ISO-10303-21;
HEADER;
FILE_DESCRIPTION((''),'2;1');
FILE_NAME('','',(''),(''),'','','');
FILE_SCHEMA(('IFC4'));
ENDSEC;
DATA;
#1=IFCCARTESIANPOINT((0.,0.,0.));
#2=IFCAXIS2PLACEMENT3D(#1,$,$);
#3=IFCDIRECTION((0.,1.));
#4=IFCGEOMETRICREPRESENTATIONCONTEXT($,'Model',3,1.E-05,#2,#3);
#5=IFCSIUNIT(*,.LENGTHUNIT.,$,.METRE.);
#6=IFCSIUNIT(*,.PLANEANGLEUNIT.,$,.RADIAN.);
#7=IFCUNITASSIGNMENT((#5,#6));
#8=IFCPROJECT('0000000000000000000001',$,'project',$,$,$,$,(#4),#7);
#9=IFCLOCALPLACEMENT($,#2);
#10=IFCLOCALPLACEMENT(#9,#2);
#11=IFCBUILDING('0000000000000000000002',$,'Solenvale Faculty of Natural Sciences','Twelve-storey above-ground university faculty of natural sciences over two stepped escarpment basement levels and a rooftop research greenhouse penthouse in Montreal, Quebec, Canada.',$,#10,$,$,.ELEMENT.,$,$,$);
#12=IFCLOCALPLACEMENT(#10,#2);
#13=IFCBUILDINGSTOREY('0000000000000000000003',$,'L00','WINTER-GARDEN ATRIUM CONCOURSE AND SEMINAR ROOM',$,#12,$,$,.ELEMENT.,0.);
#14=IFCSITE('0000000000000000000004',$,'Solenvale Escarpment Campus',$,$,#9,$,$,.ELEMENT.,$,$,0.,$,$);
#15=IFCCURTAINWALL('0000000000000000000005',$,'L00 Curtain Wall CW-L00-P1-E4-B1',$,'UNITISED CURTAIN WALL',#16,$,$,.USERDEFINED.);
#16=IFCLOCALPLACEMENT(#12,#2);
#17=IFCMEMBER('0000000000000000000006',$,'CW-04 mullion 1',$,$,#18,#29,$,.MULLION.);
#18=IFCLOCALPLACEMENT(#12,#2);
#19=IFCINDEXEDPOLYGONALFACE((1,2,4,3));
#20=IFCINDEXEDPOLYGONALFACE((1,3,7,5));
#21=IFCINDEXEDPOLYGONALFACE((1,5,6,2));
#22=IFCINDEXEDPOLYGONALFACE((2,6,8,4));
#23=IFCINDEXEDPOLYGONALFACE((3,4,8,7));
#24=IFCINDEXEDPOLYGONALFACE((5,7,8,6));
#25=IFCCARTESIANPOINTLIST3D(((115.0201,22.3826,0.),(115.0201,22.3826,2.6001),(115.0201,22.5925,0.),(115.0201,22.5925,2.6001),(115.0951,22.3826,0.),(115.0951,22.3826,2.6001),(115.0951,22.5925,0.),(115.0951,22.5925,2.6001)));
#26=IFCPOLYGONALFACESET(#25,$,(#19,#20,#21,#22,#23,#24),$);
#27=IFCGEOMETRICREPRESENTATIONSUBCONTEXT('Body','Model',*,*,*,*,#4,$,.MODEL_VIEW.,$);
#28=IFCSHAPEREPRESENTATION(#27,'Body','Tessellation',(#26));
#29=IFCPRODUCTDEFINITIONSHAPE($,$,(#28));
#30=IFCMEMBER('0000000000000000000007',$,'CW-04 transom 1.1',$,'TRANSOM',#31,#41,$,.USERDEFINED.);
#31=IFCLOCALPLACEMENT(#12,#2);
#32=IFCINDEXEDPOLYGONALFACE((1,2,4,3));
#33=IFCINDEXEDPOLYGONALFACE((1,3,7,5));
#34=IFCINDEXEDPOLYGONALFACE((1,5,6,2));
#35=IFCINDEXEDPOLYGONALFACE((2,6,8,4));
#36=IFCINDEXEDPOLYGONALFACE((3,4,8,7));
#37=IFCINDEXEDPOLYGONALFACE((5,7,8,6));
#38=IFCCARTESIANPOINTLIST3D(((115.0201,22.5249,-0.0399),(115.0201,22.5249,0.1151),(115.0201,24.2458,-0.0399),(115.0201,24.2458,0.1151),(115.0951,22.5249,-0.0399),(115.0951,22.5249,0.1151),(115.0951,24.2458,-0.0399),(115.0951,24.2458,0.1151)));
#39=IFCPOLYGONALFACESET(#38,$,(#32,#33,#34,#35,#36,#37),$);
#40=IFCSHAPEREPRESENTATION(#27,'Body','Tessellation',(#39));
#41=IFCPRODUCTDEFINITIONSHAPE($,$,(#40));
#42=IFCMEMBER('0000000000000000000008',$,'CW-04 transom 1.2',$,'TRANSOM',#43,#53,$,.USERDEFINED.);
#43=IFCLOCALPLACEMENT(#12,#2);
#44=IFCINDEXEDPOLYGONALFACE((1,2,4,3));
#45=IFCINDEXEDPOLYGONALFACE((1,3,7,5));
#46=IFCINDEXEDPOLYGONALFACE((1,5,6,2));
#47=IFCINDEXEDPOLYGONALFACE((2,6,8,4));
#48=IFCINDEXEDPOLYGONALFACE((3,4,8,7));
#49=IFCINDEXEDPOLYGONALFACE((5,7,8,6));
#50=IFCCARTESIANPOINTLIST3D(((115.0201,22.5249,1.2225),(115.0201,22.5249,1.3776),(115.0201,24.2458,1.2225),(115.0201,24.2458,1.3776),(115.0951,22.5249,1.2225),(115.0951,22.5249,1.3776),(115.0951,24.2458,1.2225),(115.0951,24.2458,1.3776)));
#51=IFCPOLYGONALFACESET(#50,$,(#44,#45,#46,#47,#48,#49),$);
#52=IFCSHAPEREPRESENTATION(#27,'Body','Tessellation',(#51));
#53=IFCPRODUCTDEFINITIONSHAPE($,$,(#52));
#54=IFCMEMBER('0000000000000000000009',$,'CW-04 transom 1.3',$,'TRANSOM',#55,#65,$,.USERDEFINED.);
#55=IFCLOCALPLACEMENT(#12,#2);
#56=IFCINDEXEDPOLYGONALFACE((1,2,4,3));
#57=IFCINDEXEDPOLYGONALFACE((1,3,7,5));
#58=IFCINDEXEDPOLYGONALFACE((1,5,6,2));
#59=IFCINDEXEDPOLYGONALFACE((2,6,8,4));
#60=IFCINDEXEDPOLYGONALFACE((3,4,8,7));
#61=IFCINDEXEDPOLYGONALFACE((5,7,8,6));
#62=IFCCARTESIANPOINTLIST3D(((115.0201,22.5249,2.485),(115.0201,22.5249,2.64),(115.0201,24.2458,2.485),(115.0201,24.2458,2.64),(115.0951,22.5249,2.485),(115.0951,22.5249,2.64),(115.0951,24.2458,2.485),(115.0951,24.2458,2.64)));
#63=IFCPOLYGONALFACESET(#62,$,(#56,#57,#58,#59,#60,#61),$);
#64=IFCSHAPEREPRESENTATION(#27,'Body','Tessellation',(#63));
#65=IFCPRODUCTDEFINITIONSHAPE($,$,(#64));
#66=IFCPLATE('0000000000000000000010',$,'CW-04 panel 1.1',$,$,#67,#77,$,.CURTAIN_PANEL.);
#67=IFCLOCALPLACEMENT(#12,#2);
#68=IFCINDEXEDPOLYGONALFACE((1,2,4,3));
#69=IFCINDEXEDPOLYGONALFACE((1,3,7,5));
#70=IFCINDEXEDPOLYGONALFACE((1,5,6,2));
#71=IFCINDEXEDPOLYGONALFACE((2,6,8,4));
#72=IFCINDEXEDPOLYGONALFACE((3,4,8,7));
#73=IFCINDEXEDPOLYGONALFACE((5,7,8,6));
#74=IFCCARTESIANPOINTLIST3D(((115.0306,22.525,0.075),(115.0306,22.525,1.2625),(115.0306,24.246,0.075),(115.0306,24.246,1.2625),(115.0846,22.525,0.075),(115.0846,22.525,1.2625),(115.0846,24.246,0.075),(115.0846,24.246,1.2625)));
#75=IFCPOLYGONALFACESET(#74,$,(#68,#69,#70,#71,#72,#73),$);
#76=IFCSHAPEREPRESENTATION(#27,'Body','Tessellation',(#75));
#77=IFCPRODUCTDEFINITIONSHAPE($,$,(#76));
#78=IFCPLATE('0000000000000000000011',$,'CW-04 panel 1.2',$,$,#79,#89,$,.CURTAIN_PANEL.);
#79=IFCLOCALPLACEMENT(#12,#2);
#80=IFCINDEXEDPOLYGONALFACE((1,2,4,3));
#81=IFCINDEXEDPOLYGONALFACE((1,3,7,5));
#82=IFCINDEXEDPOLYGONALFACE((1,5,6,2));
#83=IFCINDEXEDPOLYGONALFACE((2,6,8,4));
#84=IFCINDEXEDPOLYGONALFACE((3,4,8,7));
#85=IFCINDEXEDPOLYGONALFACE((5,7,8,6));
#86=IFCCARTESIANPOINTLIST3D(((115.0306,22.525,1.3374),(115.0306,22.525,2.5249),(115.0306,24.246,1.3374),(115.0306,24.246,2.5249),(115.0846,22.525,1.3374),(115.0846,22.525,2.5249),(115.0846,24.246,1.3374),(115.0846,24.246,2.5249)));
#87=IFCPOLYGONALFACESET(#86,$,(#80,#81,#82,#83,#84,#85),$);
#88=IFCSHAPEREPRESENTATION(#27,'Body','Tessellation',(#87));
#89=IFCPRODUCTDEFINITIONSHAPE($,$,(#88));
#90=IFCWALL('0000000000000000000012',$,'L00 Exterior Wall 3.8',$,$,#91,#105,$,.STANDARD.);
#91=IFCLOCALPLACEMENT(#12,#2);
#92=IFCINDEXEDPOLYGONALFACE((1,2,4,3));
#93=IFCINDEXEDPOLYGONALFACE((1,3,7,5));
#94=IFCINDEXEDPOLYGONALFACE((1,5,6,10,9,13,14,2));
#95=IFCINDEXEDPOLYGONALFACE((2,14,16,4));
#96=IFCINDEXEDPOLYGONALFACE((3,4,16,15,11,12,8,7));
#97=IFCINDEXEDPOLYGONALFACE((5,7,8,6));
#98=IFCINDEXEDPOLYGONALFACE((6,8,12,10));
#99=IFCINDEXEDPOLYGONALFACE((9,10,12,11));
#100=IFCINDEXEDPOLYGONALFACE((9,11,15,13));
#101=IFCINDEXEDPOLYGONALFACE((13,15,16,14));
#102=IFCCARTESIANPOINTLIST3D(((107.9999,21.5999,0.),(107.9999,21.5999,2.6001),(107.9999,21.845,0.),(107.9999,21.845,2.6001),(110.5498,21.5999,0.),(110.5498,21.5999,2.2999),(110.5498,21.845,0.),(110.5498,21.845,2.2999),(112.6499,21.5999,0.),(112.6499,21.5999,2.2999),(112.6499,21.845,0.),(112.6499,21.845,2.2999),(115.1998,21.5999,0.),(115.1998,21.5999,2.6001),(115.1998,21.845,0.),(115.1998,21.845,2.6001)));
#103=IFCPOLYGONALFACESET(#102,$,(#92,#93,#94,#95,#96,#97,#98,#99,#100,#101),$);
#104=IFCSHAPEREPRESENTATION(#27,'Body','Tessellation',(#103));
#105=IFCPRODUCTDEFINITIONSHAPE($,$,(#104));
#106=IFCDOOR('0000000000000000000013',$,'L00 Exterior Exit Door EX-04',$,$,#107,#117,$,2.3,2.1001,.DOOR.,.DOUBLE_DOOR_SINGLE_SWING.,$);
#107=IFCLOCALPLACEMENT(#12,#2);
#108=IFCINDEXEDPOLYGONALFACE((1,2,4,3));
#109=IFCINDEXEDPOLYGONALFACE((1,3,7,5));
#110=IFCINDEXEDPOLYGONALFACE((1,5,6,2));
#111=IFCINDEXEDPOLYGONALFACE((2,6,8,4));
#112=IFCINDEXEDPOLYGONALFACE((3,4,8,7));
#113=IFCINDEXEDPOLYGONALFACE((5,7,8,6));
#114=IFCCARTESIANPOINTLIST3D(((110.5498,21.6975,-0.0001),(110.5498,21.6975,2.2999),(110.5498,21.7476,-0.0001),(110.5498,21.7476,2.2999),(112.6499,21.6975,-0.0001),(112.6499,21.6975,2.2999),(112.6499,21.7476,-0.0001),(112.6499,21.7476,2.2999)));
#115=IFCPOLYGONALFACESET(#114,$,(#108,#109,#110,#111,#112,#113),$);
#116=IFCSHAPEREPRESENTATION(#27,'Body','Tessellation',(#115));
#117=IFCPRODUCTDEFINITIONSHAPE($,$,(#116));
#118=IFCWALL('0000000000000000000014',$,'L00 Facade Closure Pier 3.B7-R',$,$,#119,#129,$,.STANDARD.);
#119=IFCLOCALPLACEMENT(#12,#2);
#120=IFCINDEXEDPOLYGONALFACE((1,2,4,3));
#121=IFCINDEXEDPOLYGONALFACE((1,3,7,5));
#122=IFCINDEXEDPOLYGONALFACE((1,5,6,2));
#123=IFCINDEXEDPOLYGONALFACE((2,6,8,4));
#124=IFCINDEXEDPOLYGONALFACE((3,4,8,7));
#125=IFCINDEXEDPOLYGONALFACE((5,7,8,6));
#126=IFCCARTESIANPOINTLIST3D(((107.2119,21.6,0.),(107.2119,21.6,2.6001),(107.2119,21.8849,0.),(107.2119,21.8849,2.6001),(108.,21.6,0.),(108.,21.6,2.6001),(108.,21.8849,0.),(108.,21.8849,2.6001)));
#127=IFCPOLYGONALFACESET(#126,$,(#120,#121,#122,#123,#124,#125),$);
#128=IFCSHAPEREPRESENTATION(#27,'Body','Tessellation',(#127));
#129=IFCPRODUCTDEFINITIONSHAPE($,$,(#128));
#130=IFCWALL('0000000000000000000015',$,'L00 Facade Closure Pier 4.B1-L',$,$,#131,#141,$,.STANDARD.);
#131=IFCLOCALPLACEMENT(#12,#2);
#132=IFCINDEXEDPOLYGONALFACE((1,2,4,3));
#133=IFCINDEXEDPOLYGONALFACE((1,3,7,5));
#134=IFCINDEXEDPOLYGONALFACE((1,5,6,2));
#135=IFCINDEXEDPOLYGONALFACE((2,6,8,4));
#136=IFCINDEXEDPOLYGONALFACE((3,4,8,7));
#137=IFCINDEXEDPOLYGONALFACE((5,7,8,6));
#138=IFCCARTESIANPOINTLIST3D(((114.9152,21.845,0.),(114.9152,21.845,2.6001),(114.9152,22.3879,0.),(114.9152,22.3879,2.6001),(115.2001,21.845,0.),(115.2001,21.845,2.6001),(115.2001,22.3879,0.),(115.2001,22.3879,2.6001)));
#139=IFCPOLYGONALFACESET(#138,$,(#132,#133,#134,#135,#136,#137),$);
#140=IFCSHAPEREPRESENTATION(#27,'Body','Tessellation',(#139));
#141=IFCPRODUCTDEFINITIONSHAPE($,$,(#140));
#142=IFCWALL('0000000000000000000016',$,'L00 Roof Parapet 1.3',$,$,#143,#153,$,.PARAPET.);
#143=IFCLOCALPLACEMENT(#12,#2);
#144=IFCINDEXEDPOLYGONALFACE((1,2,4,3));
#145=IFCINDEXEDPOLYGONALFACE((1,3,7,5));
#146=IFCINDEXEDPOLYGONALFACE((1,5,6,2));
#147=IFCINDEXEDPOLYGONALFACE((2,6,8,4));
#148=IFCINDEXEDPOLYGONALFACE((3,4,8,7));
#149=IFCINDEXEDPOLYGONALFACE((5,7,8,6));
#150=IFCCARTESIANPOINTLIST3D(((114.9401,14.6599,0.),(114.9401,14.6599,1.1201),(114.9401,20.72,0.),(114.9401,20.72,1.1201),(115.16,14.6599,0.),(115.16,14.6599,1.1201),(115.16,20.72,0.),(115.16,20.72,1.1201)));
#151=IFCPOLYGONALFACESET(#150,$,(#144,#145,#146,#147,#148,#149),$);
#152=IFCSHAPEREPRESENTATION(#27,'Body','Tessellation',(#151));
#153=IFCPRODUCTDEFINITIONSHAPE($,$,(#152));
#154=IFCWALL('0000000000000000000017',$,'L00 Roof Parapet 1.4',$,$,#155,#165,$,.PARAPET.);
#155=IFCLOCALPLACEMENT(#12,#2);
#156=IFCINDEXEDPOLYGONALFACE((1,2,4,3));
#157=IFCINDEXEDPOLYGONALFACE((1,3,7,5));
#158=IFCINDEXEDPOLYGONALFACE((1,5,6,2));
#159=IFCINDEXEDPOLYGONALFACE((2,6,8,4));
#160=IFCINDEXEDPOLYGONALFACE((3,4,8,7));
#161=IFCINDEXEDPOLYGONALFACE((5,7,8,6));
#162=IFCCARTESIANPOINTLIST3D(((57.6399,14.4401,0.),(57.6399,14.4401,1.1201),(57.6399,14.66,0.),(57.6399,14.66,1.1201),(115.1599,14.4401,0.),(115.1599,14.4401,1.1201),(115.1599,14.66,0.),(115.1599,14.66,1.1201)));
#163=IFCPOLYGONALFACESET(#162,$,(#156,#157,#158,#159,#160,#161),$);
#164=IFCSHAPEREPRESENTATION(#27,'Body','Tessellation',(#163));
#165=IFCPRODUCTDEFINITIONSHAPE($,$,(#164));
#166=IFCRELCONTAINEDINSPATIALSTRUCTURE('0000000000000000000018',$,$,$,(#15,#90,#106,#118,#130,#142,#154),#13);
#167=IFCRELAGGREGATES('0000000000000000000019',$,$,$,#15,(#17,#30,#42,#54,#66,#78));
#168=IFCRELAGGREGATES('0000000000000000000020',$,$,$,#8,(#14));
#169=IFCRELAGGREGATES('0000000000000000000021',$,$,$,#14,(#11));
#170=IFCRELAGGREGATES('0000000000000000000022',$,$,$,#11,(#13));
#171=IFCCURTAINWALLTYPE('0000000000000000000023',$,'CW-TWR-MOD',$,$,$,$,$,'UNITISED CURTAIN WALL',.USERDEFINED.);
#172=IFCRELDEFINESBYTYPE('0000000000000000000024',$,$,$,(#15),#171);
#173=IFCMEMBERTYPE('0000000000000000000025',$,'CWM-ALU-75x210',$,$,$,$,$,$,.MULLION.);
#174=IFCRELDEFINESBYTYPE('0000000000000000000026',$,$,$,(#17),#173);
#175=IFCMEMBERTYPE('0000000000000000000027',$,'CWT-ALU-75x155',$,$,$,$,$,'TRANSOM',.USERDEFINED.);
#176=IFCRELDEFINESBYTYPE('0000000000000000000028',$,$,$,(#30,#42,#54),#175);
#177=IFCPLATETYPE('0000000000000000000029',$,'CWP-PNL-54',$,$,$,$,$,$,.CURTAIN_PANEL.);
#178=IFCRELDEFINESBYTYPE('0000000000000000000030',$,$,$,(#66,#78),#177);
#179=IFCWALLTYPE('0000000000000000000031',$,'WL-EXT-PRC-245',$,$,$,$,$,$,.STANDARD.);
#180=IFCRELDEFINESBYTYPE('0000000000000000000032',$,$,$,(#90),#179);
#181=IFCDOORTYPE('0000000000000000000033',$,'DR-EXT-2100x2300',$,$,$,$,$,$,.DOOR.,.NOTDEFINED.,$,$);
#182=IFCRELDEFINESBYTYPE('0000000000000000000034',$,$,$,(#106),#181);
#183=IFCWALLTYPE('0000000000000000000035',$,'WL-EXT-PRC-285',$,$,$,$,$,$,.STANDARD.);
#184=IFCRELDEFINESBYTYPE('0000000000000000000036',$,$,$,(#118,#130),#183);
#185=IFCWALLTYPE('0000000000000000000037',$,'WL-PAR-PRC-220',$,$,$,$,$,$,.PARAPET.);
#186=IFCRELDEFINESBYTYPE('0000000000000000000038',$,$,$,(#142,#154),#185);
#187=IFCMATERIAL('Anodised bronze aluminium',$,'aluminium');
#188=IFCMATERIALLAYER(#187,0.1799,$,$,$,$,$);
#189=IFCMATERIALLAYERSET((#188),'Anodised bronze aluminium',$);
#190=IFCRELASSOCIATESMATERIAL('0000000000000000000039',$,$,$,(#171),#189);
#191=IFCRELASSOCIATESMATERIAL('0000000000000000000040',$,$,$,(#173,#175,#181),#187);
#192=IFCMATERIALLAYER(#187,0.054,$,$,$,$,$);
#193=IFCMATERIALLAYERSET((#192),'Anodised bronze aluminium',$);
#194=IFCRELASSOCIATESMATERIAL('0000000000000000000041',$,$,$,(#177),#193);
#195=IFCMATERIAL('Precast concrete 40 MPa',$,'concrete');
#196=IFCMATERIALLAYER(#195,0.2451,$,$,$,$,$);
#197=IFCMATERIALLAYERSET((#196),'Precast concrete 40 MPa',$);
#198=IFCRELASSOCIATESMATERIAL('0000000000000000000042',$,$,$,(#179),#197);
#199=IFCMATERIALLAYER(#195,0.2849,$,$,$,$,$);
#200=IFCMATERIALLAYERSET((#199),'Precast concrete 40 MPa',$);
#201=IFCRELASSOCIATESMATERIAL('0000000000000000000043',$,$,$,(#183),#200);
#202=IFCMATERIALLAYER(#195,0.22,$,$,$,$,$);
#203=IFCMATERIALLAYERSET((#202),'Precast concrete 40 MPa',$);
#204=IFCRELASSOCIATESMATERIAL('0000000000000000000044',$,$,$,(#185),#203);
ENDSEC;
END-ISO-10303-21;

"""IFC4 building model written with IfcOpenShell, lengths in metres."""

from ifc_helpers import new_model, si_unit, direction, frame, frame_2d, origin, origin_2d, place, context, subcontext, project, spatial, rectangle, extrude, material, layer, layer_set, material_profile, profile_set, type_object, element, fill, aggregate, save


model = new_model("IFC4")

# Units and contexts
model_context = context("Model", 3, precision=1e-05, world=origin(), true_north=direction((0.0, 1.0)))
body_context = subcontext(model_context, "Body", "Model", "MODEL_VIEW")
ifc_project = project(units=[si_unit("LENGTHUNIT", "METRE"), si_unit("PLANEANGLEUNIT", "RADIAN")], contexts=[model_context])

# Site, building, storey
site_placement = place(None, origin())
site = spatial("IfcSite", under=ifc_project, at=site_placement, Name="Solenvale Escarpment Campus", CompositionType="ELEMENT", RefElevation=0.0)
building_placement = place(site_placement, origin())
building = spatial("IfcBuilding", under=site, at=building_placement, Name="Solenvale Faculty of Natural Sciences", Description="Twelve-storey above-ground university faculty of natural sciences over two stepped escarpment basement levels and a rooftop research greenhouse penthouse in Montreal, Quebec, Canada.", CompositionType="ELEMENT")
storey_placement = place(building_placement, origin())
storey = spatial("IfcBuildingStorey", under=building, at=storey_placement, Name="L00", Description="WINTER-GARDEN ATRIUM CONCOURSE AND SEMINAR ROOM", CompositionType="ELEMENT", Elevation=0.0)

# Shared definitions
ifc_material_1 = material(Name="Anodised bronze aluminium", Category="aluminium")
ifc_layer_1 = layer(ifc_material_1, 0.1799)
ifc_layer_set_1 = layer_set([ifc_layer_1], Name="Anodised bronze aluminium")
curtain_wall_type = type_object("IfcCurtainWallType", Name="CW-TWR-MOD", ElementType="UNITISED CURTAIN WALL", PredefinedType="USERDEFINED", material=ifc_layer_set_1)
ifc_material_profile_1 = material_profile(ifc_material_1, rectangle(XDim=0.075, YDim=0.21, at=origin_2d()), Name="ALU-MUL-75x210")
ifc_profile_set_1 = profile_set([ifc_material_profile_1], Name="Anodised bronze aluminium")
member_type_1 = type_object("IfcMemberType", Name="CWM-ALU-75x210", PredefinedType="MULLION", material=ifc_profile_set_1)

# Curtain wall, members, plates
curtain_wall_1_placement = place(storey_placement, origin())
curtain_wall_1 = element("IfcCurtainWall", 1, at=curtain_wall_1_placement, inside=storey, type_object=curtain_wall_type, Name="L00 Curtain Wall CW-L00-P1-E4-B1", ObjectType="UNITISED CURTAIN WALL", PredefinedType="USERDEFINED")
member_1_placement = place(storey_placement, frame((115.0576, 22.4875, 0.0), z_axis=(0.0, 0.0, 1.0), x_axis=(-1.0, 0.0, 0.0)))
member_1 = element("IfcMember", 2, at=member_1_placement, type_object=member_type_1, Name="CW-04 mullion 1", PredefinedType="MULLION", context=body_context, shape_type="SweptSolid", body=[
    extrude(rectangle(XDim=0.075, YDim=0.21, at=origin_2d()), origin(), (0.0, 0.0, 1.0), 2.6001),
])
ifc_material_profile_2 = material_profile(ifc_material_1, rectangle(XDim=0.075, YDim=0.155, at=origin_2d()), Name="ALU-TRN-75x155")
ifc_profile_set_2 = profile_set([ifc_material_profile_2], Name="Anodised bronze aluminium")
member_type_2 = type_object("IfcMemberType", Name="CWT-ALU-75x155", ElementType="TRANSOM", PredefinedType="USERDEFINED", material=ifc_profile_set_2)
member_2_placement = place(storey_placement, frame((115.0576, 22.5249, 0.0376), z_axis=(0.0, 1.0, 0.0), x_axis=(-1.0, 0.0, 0.0)))
member_2 = element("IfcMember", 3, at=member_2_placement, type_object=member_type_2, Name="CW-04 transom 1.1", ObjectType="TRANSOM", PredefinedType="USERDEFINED", context=body_context, shape_type="SweptSolid", body=[
    extrude(rectangle(XDim=0.075, YDim=0.155, at=origin_2d()), origin(), (0.0, 0.0, 1.0), 1.7209),
])
member_3_placement = place(storey_placement, frame((115.0576, 22.5249, 1.3), z_axis=(0.0, 1.0, 0.0), x_axis=(-1.0, 0.0, 0.0)))
member_3 = element("IfcMember", 4, at=member_3_placement, type_object=member_type_2, Name="CW-04 transom 1.2", ObjectType="TRANSOM", PredefinedType="USERDEFINED", context=body_context, shape_type="SweptSolid", body=[
    extrude(rectangle(XDim=0.075, YDim=0.155, at=origin_2d()), origin(), (0.0, 0.0, 1.0), 1.7209),
])
member_4_placement = place(storey_placement, frame((115.0576, 22.5249, 2.5625), z_axis=(0.0, 1.0, 0.0), x_axis=(-1.0, 0.0, 0.0)))
member_4 = element("IfcMember", 5, at=member_4_placement, type_object=member_type_2, Name="CW-04 transom 1.3", ObjectType="TRANSOM", PredefinedType="USERDEFINED", context=body_context, shape_type="SweptSolid", body=[
    extrude(rectangle(XDim=0.075, YDim=0.155, at=origin_2d()), origin(), (0.0, 0.0, 1.0), 1.7209),
])
ifc_layer_2 = layer(ifc_material_1, 0.054)
ifc_layer_set_2 = layer_set([ifc_layer_2], Name="Anodised bronze aluminium")
plate_type = type_object("IfcPlateType", Name="CWP-PNL-54", PredefinedType="CURTAIN_PANEL", material=ifc_layer_set_2)
plate_1_placement = place(storey_placement, frame((115.0576, 23.3855, 0.075), z_axis=(0.0, 0.0, 1.0), x_axis=(0.0, 1.0, 0.0)))
plate_1 = element("IfcPlate", 6, at=plate_1_placement, type_object=plate_type, Name="CW-04 panel 1.1", PredefinedType="CURTAIN_PANEL", context=body_context, shape_type="SweptSolid", body=[
    extrude(rectangle(XDim=1.7209, YDim=0.054, at=origin_2d()), origin(), (0.0, 0.0, 1.0), 1.1875),
])
plate_2_placement = place(storey_placement, frame((115.0576, 23.3855, 1.3374), z_axis=(0.0, 0.0, 1.0), x_axis=(0.0, 1.0, 0.0)))
plate_2 = element("IfcPlate", 7, at=plate_2_placement, type_object=plate_type, Name="CW-04 panel 1.2", PredefinedType="CURTAIN_PANEL", context=body_context, shape_type="SweptSolid", body=[
    extrude(rectangle(XDim=1.7209, YDim=0.054, at=origin_2d()), origin(), (0.0, 0.0, 1.0), 1.1875),
])
aggregate(curtain_wall_1, [member_1, member_2, member_3, member_4, plate_1, plate_2])

# Wall, opening, door
ifc_material_2 = material(Name="Precast concrete 40 MPa", Category="concrete")
ifc_layer_3 = layer(ifc_material_2, 0.2451)
ifc_layer_set_3 = layer_set([ifc_layer_3], Name="Precast concrete 40 MPa")
wall_type_1 = type_object("IfcWallType", Name="WL-EXT-PRC-245", PredefinedType="STANDARD", material=ifc_layer_set_3)
wall_1_placement = place(storey_placement, frame((115.2, 21.7224, 0.0), z_axis=(0.0, 0.0, 1.0), x_axis=(-1.0, 0.0, 0.0)))
wall_1 = element("IfcWall", 8, at=wall_1_placement, inside=storey, type_object=wall_type_1, Name="L00 Exterior Wall 3.8", PredefinedType="STANDARD", context=body_context, shape_type="SweptSolid", body=[
    extrude(rectangle(XDim=7.2, YDim=0.2451, at=frame_2d((3.6001, 0.0))), origin(), (0.0, 0.0, 1.0), 2.6001),
])
opening_placement = place(wall_1_placement, frame((2.55, 0.0, 0.0)))
opening = element("IfcOpeningElement", 9, at=opening_placement, cuts=wall_1, PredefinedType="OPENING", context=body_context, shape_type="SweptSolid", body=[
    extrude(rectangle(XDim=2.1001, YDim=2.3, at=frame_2d((1.05, 1.1499))), frame((0.0, 0.1326, 0.0), z_axis=(0.0, -1.0, 0.0), x_axis=(1.0, 0.0, 0.0)), (0.0, 0.0, 1.0), 0.2651),
])
door_type = type_object("IfcDoorType", Name="DR-EXT-2100x2300", OperationType="NOTDEFINED", PredefinedType="DOOR", material=ifc_material_1)
door_placement = place(opening_placement, origin())
door = element("IfcDoor", 10, at=door_placement, inside=storey, type_object=door_type, Name="L00 Exterior Exit Door EX-04", OperationType="DOUBLE_DOOR_SINGLE_SWING", OverallHeight=2.3, OverallWidth=2.1001, PredefinedType="DOOR", context=body_context, shape_type="SweptSolid", body=[
    extrude(rectangle(XDim=2.1001, YDim=2.3, at=frame_2d((1.05, 1.1499))), frame((0.0, 0.0249, 0.0), z_axis=(0.0, -1.0, 0.0), x_axis=(1.0, 0.0, 0.0)), (0.0, 0.0, 1.0), 0.05),
])
fill(opening, door)

# Walls
ifc_layer_4 = layer(ifc_material_2, 0.2849)
ifc_layer_set_4 = layer_set([ifc_layer_4], Name="Precast concrete 40 MPa")
wall_type_2 = type_object("IfcWallType", Name="WL-EXT-PRC-285", PredefinedType="STANDARD", material=ifc_layer_set_4)
wall_2_placement = place(storey_placement, frame((107.2119, 21.7424, 0.0), z_axis=(0.0, 0.0, 1.0), x_axis=(1.0, 0.0, 0.0)))
element("IfcWall", 11, at=wall_2_placement, inside=storey, type_object=wall_type_2, Name="L00 Facade Closure Pier 3.B7-R", PredefinedType="STANDARD", context=body_context, shape_type="SweptSolid", body=[
    extrude(rectangle(XDim=0.7881, YDim=0.2849, at=frame_2d((0.394, 0.0))), origin(), (0.0, 0.0, 1.0), 2.6001),
])
wall_3_placement = place(storey_placement, frame((115.0576, 21.845, 0.0), z_axis=(0.0, 0.0, 1.0), x_axis=(0.0, 1.0, 0.0)))
element("IfcWall", 12, at=wall_3_placement, inside=storey, type_object=wall_type_2, Name="L00 Facade Closure Pier 4.B1-L", PredefinedType="STANDARD", context=body_context, shape_type="SweptSolid", body=[
    extrude(rectangle(XDim=0.543, YDim=0.2849, at=frame_2d((0.2715, 0.0))), origin(), (0.0, 0.0, 1.0), 2.6001),
])
ifc_layer_5 = layer(ifc_material_2, 0.22)
ifc_layer_set_5 = layer_set([ifc_layer_5], Name="Precast concrete 40 MPa")
wall_type_3 = type_object("IfcWallType", Name="WL-PAR-PRC-220", PredefinedType="PARAPET", material=ifc_layer_set_5)
wall_4_placement = place(storey_placement, frame((115.05, 20.72, 0.0), z_axis=(0.0, 0.0, 1.0), x_axis=(0.0, -1.0, 0.0)))
element("IfcWall", 13, at=wall_4_placement, inside=storey, type_object=wall_type_3, Name="L00 Roof Parapet 1.3", PredefinedType="PARAPET", context=body_context, shape_type="SweptSolid", body=[
    extrude(rectangle(XDim=6.0601, YDim=0.22, at=frame_2d((3.03, 0.0))), origin(), (0.0, 0.0, 1.0), 1.1201),
])
wall_5_placement = place(storey_placement, frame((115.1599, 14.55, 0.0), z_axis=(0.0, 0.0, 1.0), x_axis=(-1.0, 0.0, 0.0)))
element("IfcWall", 14, at=wall_5_placement, inside=storey, type_object=wall_type_3, Name="L00 Roof Parapet 1.4", PredefinedType="PARAPET", context=body_context, shape_type="SweptSolid", body=[
    extrude(rectangle(XDim=57.52, YDim=0.22, at=frame_2d((28.76, 0.0))), origin(), (0.0, 0.0, 1.0), 1.1201),
])

save(model, "model.ifc")
